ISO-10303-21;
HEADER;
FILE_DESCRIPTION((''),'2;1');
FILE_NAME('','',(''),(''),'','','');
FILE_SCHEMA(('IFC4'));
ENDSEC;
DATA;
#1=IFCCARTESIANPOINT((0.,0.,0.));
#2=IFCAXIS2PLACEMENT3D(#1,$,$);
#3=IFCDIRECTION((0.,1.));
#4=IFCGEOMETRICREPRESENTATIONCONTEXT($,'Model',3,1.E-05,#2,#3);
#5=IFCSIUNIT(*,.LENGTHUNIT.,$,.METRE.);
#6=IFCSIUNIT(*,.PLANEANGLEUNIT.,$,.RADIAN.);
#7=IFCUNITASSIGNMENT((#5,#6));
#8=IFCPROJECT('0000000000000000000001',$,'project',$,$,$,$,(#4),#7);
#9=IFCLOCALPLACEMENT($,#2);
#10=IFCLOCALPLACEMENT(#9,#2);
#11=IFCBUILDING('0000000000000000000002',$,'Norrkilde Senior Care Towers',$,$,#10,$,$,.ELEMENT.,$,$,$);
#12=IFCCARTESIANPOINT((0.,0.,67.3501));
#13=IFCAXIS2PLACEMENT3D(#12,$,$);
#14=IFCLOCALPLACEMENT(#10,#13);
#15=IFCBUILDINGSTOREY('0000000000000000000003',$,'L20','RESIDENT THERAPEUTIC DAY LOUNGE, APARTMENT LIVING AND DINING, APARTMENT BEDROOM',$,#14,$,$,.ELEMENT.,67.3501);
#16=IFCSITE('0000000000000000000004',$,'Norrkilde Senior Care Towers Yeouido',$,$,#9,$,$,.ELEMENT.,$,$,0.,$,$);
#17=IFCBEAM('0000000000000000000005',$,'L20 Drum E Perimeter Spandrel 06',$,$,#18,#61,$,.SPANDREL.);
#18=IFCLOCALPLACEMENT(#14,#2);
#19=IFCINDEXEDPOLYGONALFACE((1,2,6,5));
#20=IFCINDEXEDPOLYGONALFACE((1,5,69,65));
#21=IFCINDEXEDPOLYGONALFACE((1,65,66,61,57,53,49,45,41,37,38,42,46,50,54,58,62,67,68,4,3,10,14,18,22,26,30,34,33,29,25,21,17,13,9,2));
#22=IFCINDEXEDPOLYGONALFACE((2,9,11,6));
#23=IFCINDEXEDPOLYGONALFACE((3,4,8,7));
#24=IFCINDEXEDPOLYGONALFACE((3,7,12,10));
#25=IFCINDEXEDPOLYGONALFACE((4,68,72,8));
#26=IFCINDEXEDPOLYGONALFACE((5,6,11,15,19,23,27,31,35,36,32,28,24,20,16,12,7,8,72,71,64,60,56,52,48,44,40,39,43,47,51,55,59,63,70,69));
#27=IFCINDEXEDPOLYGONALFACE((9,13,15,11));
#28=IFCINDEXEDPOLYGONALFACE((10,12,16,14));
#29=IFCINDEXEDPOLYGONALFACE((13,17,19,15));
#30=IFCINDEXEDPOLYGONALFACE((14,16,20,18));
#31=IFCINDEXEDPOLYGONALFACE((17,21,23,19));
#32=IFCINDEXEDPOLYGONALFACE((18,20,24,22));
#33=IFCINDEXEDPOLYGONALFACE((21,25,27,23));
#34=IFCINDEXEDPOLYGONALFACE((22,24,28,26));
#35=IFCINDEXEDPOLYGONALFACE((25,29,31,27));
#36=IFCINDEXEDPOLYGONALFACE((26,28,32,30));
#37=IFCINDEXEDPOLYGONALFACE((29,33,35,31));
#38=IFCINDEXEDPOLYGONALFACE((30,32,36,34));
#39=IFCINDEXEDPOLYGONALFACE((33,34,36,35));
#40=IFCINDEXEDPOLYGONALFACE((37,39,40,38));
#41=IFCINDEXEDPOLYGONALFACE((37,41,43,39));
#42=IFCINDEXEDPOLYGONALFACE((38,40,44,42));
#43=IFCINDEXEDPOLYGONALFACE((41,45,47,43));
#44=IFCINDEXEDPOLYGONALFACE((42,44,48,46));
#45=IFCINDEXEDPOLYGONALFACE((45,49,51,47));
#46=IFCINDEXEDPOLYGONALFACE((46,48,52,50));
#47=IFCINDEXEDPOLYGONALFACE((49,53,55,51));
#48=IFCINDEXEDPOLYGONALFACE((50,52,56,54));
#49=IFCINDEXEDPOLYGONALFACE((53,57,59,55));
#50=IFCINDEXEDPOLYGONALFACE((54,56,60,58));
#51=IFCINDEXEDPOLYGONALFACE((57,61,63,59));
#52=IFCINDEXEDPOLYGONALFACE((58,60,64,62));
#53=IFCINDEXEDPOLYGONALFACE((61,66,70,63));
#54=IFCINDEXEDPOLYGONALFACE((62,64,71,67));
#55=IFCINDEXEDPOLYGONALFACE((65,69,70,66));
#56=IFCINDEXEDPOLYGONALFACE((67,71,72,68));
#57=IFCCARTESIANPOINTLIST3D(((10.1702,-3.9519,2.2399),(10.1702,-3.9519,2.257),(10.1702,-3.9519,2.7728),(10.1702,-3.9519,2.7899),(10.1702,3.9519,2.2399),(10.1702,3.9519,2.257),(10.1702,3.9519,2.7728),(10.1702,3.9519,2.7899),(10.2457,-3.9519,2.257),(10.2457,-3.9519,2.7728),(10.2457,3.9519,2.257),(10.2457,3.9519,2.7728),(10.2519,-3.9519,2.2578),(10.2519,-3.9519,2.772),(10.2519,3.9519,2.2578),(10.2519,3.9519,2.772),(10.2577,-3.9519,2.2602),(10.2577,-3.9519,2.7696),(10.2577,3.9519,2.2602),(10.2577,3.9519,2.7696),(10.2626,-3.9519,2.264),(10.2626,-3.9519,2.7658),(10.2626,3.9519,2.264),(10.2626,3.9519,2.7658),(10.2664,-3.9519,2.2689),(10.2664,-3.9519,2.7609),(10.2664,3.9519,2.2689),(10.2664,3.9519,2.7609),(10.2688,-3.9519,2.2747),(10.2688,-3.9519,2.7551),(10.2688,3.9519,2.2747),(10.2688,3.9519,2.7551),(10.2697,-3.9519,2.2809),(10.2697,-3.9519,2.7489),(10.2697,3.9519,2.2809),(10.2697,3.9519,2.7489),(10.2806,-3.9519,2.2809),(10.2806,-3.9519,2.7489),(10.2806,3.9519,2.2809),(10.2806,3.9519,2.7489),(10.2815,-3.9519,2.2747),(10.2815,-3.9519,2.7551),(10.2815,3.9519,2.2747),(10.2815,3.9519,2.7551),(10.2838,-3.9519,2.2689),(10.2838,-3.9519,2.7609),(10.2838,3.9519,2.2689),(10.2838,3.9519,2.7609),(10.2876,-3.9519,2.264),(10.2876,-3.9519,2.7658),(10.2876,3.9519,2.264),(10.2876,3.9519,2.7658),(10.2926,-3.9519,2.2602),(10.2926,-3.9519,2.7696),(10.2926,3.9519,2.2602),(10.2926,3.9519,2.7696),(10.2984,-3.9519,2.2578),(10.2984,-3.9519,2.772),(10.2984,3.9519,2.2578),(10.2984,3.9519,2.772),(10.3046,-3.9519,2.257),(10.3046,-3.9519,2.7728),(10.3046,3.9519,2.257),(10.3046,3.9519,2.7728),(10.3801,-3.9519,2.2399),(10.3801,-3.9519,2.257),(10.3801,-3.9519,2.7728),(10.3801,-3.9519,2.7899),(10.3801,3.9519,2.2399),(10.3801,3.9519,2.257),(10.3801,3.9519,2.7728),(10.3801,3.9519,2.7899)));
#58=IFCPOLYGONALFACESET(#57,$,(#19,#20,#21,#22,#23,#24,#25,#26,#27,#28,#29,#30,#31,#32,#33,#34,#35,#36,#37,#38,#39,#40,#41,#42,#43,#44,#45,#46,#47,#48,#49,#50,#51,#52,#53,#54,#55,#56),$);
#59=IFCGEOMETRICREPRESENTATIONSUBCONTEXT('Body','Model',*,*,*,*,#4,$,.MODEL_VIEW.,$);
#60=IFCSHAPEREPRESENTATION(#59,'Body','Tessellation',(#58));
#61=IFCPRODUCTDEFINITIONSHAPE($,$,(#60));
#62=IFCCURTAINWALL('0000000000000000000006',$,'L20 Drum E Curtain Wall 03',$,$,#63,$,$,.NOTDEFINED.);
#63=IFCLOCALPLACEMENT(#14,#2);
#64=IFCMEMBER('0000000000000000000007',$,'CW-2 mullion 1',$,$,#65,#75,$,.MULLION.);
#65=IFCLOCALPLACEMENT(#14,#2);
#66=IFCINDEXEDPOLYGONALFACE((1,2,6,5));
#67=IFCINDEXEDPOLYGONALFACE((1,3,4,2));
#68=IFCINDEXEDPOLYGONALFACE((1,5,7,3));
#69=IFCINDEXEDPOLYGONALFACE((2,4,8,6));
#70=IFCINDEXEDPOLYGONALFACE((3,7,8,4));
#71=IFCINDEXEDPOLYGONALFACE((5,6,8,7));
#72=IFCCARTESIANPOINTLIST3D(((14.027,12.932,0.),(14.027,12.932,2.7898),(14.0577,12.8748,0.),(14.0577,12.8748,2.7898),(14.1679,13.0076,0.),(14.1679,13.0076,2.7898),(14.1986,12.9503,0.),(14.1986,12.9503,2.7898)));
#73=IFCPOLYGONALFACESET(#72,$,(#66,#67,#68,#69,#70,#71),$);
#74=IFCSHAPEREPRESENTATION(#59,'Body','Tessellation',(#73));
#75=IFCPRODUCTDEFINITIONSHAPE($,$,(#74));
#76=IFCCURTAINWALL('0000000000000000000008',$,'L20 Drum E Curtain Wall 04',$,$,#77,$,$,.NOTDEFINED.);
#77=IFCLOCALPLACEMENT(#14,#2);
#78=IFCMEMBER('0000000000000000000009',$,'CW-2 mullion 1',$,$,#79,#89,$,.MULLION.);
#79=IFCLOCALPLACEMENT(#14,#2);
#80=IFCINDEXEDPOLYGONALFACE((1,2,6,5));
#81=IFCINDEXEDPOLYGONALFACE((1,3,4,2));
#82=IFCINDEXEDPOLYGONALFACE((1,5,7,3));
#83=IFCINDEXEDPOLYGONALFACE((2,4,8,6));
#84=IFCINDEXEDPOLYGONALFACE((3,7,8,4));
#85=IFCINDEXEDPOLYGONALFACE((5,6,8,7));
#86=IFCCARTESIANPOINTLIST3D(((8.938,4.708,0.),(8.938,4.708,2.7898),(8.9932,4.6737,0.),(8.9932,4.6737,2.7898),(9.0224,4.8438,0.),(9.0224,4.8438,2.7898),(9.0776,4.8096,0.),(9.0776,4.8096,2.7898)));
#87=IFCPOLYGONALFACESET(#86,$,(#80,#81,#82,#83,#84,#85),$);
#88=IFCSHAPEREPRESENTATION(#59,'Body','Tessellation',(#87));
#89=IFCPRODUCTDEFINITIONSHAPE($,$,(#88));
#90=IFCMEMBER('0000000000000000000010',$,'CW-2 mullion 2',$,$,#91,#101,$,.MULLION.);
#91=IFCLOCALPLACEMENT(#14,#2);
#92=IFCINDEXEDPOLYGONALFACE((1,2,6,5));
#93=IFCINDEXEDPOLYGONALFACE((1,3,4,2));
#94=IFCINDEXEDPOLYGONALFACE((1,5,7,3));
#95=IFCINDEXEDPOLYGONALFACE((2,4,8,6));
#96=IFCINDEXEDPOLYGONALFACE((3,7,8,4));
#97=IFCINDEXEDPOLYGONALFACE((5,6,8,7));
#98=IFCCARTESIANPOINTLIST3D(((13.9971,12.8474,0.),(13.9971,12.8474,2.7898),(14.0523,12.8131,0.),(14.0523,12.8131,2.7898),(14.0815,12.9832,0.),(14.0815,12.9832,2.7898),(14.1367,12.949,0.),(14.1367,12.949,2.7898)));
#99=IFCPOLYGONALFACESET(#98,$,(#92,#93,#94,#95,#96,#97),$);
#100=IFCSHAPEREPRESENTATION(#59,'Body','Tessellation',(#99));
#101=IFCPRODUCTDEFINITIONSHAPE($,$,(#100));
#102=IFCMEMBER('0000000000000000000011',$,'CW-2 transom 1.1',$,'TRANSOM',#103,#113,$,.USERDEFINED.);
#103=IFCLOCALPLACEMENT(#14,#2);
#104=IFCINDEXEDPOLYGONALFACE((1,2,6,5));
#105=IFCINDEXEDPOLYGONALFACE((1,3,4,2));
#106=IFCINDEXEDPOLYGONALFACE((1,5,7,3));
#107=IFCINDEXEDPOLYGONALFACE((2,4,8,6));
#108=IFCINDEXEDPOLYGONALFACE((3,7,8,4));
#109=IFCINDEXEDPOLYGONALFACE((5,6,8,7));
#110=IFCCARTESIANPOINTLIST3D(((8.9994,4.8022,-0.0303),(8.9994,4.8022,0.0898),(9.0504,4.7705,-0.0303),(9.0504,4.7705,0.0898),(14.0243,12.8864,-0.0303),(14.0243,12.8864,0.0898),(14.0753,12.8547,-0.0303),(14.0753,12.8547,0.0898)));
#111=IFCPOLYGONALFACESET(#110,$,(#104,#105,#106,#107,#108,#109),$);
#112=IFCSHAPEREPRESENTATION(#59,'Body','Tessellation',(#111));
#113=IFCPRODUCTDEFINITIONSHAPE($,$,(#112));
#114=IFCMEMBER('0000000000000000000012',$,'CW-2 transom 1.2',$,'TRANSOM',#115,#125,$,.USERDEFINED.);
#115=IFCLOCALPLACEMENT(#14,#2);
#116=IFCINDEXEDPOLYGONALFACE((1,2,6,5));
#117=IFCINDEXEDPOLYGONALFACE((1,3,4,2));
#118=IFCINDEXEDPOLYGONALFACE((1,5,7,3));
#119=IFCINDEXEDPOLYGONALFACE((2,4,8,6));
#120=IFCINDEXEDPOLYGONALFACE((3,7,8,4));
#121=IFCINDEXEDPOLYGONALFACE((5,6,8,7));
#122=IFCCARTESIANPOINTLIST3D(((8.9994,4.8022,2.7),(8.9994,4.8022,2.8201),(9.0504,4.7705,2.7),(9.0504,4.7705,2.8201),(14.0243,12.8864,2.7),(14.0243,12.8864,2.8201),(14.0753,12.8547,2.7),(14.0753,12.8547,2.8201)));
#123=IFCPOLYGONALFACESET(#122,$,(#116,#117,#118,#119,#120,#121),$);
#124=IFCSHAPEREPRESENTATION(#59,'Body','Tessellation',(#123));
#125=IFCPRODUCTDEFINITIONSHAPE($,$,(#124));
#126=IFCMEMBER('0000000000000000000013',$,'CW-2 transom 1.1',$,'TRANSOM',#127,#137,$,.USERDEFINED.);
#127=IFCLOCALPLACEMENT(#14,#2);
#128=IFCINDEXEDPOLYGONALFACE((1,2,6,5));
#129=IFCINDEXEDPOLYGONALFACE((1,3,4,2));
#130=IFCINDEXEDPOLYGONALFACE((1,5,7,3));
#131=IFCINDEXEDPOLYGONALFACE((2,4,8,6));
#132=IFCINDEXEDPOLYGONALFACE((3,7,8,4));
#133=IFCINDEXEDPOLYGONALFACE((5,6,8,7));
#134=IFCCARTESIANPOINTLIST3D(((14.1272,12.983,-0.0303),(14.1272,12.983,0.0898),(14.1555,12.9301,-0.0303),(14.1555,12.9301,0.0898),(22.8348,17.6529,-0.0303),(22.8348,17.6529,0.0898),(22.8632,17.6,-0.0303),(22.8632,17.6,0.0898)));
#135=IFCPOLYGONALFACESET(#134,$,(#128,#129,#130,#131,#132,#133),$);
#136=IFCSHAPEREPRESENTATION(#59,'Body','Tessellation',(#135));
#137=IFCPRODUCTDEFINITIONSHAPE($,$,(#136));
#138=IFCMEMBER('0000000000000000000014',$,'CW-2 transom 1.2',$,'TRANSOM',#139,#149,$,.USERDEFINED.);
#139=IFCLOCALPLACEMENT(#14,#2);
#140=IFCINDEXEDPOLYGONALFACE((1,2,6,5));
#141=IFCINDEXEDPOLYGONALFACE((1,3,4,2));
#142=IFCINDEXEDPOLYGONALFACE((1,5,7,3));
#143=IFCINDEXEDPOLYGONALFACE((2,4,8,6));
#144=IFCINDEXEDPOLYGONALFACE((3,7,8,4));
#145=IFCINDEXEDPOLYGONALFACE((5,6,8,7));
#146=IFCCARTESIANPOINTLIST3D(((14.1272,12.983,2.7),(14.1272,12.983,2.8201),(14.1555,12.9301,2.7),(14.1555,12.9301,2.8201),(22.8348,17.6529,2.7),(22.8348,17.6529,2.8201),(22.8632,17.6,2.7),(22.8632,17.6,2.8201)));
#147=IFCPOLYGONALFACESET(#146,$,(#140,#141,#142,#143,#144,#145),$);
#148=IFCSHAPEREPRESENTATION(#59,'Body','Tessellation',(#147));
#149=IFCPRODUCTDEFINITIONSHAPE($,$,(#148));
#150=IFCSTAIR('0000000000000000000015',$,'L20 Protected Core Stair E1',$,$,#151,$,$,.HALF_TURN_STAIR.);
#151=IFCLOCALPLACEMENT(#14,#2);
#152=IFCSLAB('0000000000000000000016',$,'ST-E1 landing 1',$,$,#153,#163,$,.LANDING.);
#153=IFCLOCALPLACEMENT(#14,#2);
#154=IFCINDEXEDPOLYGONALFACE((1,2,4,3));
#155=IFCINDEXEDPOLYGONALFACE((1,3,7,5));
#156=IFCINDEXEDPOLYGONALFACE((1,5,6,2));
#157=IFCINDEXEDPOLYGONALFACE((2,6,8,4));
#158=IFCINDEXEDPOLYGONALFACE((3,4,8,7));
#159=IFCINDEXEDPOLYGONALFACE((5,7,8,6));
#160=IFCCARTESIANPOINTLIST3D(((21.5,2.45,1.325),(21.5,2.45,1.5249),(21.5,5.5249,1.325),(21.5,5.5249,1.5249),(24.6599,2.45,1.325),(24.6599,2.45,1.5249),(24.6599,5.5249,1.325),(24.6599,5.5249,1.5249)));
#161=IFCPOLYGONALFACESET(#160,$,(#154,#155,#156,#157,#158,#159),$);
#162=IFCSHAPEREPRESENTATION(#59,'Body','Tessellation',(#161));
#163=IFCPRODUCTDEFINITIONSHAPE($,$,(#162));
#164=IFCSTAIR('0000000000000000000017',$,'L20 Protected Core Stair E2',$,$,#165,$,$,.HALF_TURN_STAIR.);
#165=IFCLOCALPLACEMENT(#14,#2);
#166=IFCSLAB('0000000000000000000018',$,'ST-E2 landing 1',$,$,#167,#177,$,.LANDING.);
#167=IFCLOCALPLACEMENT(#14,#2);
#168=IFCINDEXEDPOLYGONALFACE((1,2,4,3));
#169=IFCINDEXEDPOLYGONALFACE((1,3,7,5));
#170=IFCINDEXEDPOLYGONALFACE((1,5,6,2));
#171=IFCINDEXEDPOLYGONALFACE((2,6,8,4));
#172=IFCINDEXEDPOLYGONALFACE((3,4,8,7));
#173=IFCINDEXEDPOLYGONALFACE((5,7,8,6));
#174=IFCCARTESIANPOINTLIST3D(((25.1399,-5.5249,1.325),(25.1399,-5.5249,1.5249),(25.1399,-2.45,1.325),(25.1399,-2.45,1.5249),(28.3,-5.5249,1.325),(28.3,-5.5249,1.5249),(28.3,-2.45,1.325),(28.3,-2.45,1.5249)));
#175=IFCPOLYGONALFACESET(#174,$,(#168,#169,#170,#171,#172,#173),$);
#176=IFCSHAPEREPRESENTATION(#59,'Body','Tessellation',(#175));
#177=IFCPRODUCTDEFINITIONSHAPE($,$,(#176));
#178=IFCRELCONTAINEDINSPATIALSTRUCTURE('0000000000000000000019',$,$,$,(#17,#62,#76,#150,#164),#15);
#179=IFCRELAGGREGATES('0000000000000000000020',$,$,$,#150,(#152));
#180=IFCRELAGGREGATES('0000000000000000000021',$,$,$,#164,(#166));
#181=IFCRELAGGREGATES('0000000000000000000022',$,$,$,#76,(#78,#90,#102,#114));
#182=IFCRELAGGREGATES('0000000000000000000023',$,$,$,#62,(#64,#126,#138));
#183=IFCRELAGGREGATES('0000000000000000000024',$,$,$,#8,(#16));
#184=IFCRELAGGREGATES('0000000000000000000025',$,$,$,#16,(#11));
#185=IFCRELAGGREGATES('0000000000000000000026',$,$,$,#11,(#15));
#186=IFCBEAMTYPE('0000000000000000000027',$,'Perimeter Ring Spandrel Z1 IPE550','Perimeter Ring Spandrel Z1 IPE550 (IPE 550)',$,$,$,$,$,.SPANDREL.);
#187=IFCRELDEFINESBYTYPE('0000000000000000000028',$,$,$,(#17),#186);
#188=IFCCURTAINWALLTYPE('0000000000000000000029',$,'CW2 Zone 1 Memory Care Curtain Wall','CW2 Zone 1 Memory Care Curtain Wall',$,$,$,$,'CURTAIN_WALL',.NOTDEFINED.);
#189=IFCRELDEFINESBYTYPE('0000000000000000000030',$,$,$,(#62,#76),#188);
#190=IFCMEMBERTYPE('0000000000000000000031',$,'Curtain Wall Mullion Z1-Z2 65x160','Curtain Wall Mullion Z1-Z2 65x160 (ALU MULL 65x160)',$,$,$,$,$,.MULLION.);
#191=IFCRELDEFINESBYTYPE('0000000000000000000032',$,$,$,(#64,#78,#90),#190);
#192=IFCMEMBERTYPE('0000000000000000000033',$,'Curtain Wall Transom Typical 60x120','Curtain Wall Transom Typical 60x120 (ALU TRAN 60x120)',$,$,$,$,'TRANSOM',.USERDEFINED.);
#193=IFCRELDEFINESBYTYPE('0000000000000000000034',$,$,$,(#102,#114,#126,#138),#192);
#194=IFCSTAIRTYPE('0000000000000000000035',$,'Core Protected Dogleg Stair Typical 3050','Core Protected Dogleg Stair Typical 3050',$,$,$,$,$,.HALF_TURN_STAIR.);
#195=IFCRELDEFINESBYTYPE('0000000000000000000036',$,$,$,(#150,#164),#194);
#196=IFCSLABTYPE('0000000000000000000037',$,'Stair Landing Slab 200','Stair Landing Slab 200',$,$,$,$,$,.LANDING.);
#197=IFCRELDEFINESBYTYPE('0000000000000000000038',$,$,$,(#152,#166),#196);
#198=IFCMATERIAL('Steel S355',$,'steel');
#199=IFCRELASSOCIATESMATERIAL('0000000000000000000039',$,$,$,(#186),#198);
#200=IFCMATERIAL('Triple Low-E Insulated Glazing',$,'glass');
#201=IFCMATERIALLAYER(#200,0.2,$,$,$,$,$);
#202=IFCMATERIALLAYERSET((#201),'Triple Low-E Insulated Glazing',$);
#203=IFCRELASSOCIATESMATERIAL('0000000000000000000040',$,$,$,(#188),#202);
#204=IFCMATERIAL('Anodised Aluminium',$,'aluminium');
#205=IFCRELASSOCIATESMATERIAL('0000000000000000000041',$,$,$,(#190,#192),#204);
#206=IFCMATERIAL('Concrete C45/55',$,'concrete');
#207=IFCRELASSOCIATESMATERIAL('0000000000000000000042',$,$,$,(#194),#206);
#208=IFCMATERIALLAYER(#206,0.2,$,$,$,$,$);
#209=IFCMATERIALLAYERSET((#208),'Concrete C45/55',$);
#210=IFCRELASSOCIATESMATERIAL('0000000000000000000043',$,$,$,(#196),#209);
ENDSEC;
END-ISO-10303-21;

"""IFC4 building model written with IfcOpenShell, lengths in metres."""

from ifc_helpers import new_model, si_unit, direction, frame, origin, origin_2d, place, context, subcontext, project, spatial, polyline, rectangle, i_section, outline, extrude, source, transform, mapped, material, layer, layer_set, material_profile, profile_set, type_object, type_shapes, element, aggregate, save


model = new_model("IFC4")

# Units and contexts
model_context = context("Model", 3, precision=1e-05, world=origin(), true_north=direction((0.0, 1.0)))
body_context = subcontext(model_context, "Body", "Model", "MODEL_VIEW")
ifc_project = project(units=[si_unit("LENGTHUNIT", "METRE"), si_unit("PLANEANGLEUNIT", "RADIAN")], contexts=[model_context])

# Site, building, storey
site_placement = place(None, origin())
site = spatial("IfcSite", under=ifc_project, at=site_placement, Name="Norrkilde Senior Care Towers Yeouido", CompositionType="ELEMENT", RefElevation=0.0)
building_placement = place(site_placement, origin())
building = spatial("IfcBuilding", under=site, at=building_placement, Name="Norrkilde Senior Care Towers", CompositionType="ELEMENT")
storey_placement = place(building_placement, frame((0.0, 0.0, 67.3501)))
storey = spatial("IfcBuildingStorey", under=building, at=storey_placement, Name="L20", Description="RESIDENT THERAPEUTIC DAY LOUNGE, APARTMENT LIVING AND DINING, APARTMENT BEDROOM", CompositionType="ELEMENT", Elevation=67.3501)

# Beam
ifc_material_1 = material(Name="Steel S355", Category="steel")
ifc_material_profile_1 = material_profile(ifc_material_1, i_section(OverallWidth=0.21, OverallDepth=0.55, WebThickness=0.011, FlangeThickness=0.0171, FilletRadius=0.0239, at=origin_2d()), Name="IPE 550")
ifc_profile_set_1 = profile_set([ifc_material_profile_1], Name="Steel S355")
beam_type_1 = type_object("IfcBeamType", Name="Perimeter Ring Spandrel Z1 IPE550", Description="Perimeter Ring Spandrel Z1 IPE550 (IPE 550)", PredefinedType="SPANDREL", material=ifc_profile_set_1)
shared_shape_1 = source(origin(), body_context, "Body", "SweptSolid", [
    extrude(i_section(OverallWidth=0.21, OverallDepth=0.55, WebThickness=0.011, FlangeThickness=0.0171, FilletRadius=0.0239, at=origin_2d()), origin(), (0.0, 0.0, 1.0), 7.9038),
])
beam_1_placement = place(storey_placement, frame((10.2751, 3.9519, 2.5149), z_axis=(0.0, -1.0, 0.0), x_axis=(1.0, 0.0, 0.0)))
element("IfcBeam", 1, at=beam_1_placement, inside=storey, type_object=beam_type_1, Name="L20 Drum E Perimeter Spandrel 06", PredefinedType="SPANDREL", context=body_context, shape_type="MappedRepresentation", body=[
    mapped(shared_shape_1, transform((0.0, 0.0, 0.0), x_axis=(1.0, 0.0, 0.0), y_axis=(0.0, 1.0, 0.0), z_axis=(0.0, 0.0, 1.0), scale=1.0)),
])

# Curtain wall, member
ifc_material_2 = material(Name="Triple Low-E Insulated Glazing", Category="glass")
ifc_layer_1 = layer(ifc_material_2, 0.2)
ifc_layer_set_1 = layer_set([ifc_layer_1], Name="Triple Low-E Insulated Glazing")
curtain_wall_type = type_object("IfcCurtainWallType", Name="CW2 Zone 1 Memory Care Curtain Wall", Description="CW2 Zone 1 Memory Care Curtain Wall", ElementType="CURTAIN_WALL", PredefinedType="NOTDEFINED", material=ifc_layer_set_1)
curtain_wall_1_placement = place(storey_placement, origin())
curtain_wall_1 = element("IfcCurtainWall", 2, at=curtain_wall_1_placement, inside=storey, type_object=curtain_wall_type, Name="L20 Drum E Curtain Wall 03", PredefinedType="NOTDEFINED")
ifc_material_3 = material(Name="Anodised Aluminium", Category="aluminium")
ifc_material_profile_2 = material_profile(ifc_material_3, rectangle(XDim=0.0649, YDim=0.1599, at=origin_2d()), Name="ALU MULL 65x160")
ifc_profile_set_2 = profile_set([ifc_material_profile_2], Name="Anodised Aluminium")
member_type_1 = type_object("IfcMemberType", Name="Curtain Wall Mullion Z1-Z2 65x160", Description="Curtain Wall Mullion Z1-Z2 65x160 (ALU MULL 65x160)", PredefinedType="MULLION", material=ifc_profile_set_2)
shared_shape_2 = source(origin(), body_context, "Body", "SweptSolid", [
    extrude(rectangle(XDim=0.0649, YDim=0.1599, at=origin_2d()), origin(), (0.0, 0.0, 1.0), 2.7898),
])
type_shapes(member_type_1, [shared_shape_2])
member_1_placement = place(storey_placement, frame((14.1128, 12.9412, 0.0), z_axis=(0.0, 0.0, 1.0), x_axis=(-0.472608, 0.881273, 0.0)))
member_1 = element("IfcMember", 3, at=member_1_placement, type_object=member_type_1, Name="CW-2 mullion 1", PredefinedType="MULLION", context=body_context, shape_type="MappedRepresentation", body=[
    mapped(shared_shape_2, transform((0.0, 0.0, 0.0), x_axis=(1.0, 0.0, 0.0), y_axis=(0.0, 1.0, 0.0), z_axis=(0.0, 0.0, 1.0), scale=1.0)),
])

# Curtain wall, members
curtain_wall_2_placement = place(storey_placement, origin())
curtain_wall_2 = element("IfcCurtainWall", 4, at=curtain_wall_2_placement, inside=storey, type_object=curtain_wall_type, Name="L20 Drum E Curtain Wall 04", PredefinedType="NOTDEFINED")
member_2_placement = place(storey_placement, frame((9.0078, 4.7588, 0.0), z_axis=(0.0, 0.0, 1.0), x_axis=(-0.849306, 0.527901, 0.0)))
member_2 = element("IfcMember", 5, at=member_2_placement, type_object=member_type_1, Name="CW-2 mullion 1", PredefinedType="MULLION", context=body_context, shape_type="MappedRepresentation", body=[
    mapped(shared_shape_2, transform((0.0, 0.0, 0.0), x_axis=(1.0, 0.0, 0.0), y_axis=(0.0, 1.0, 0.0), z_axis=(0.0, 0.0, 1.0), scale=1.0)),
])
member_3_placement = place(storey_placement, frame((14.0669, 12.8982, 0.0), z_axis=(0.0, 0.0, 1.0), x_axis=(-0.849306, 0.527901, 0.0)))
member_3 = element("IfcMember", 6, at=member_3_placement, type_object=member_type_1, Name="CW-2 mullion 2", PredefinedType="MULLION", context=body_context, shape_type="MappedRepresentation", body=[
    mapped(shared_shape_2, transform((0.0, 0.0, 0.0), x_axis=(1.0, 0.0, 0.0), y_axis=(0.0, 1.0, 0.0), z_axis=(0.0, 0.0, 1.0), scale=1.0)),
])
ifc_material_profile_3 = material_profile(ifc_material_3, rectangle(XDim=0.0601, YDim=0.1201, at=origin_2d()), Name="ALU TRAN 60x120")
ifc_profile_set_3 = profile_set([ifc_material_profile_3], Name="Anodised Aluminium")
member_type_2 = type_object("IfcMemberType", Name="Curtain Wall Transom Typical 60x120", Description="Curtain Wall Transom Typical 60x120 (ALU TRAN 60x120)", ElementType="TRANSOM", PredefinedType="USERDEFINED", material=ifc_profile_set_3)
shared_shape_3 = source(origin(), body_context, "Body", "SweptSolid", [
    extrude(rectangle(XDim=0.0601, YDim=0.1201, at=origin_2d()), origin(), (0.0, 0.0, 1.0), 9.5186),
])
member_4_placement = place(storey_placement, frame((9.0249, 4.7864, 0.0298), z_axis=(0.527902, 0.849306, 0.0), x_axis=(-0.849306, 0.527902, 0.0)))
member_4 = element("IfcMember", 7, at=member_4_placement, type_object=member_type_2, Name="CW-2 transom 1.1", ObjectType="TRANSOM", PredefinedType="USERDEFINED", context=body_context, shape_type="MappedRepresentation", body=[
    mapped(shared_shape_3, transform((0.0, 0.0, 0.0), x_axis=(1.0, 0.0, 0.0), y_axis=(0.0, 1.0, 0.0), z_axis=(0.0, 0.0, 1.0), scale=1.0)),
])
member_5_placement = place(storey_placement, frame((9.0249, 4.7864, 2.76), z_axis=(0.527902, 0.849306, 0.0), x_axis=(-0.849306, 0.527902, 0.0)))
member_5 = element("IfcMember", 8, at=member_5_placement, type_object=member_type_2, Name="CW-2 transom 1.2", ObjectType="TRANSOM", PredefinedType="USERDEFINED", context=body_context, shape_type="MappedRepresentation", body=[
    mapped(shared_shape_3, transform((0.0, 0.0, 0.0), x_axis=(1.0, 0.0, 0.0), y_axis=(0.0, 1.0, 0.0), z_axis=(0.0, 0.0, 1.0), scale=1.0)),
])

# Members
shared_shape_4 = source(origin(), body_context, "Body", "SweptSolid", [
    extrude(rectangle(XDim=0.0601, YDim=0.1201, at=origin_2d()), origin(), (0.0, 0.0, 1.0), 9.8809),
])
type_shapes(member_type_2, [shared_shape_3, shared_shape_4])
member_6_placement = place(storey_placement, frame((14.1414, 12.9565, 0.0298), z_axis=(0.881267, 0.472618, 0.0), x_axis=(-0.472618, 0.881267, 0.0)))
member_6 = element("IfcMember", 9, at=member_6_placement, type_object=member_type_2, Name="CW-2 transom 1.1", ObjectType="TRANSOM", PredefinedType="USERDEFINED", context=body_context, shape_type="MappedRepresentation", body=[
    mapped(shared_shape_4, transform((0.0, 0.0, 0.0), x_axis=(1.0, 0.0, 0.0), y_axis=(0.0, 1.0, 0.0), z_axis=(0.0, 0.0, 1.0), scale=1.0)),
])
member_7_placement = place(storey_placement, frame((14.1414, 12.9565, 2.76), z_axis=(0.881267, 0.472618, 0.0), x_axis=(-0.472618, 0.881267, 0.0)))
member_7 = element("IfcMember", 10, at=member_7_placement, type_object=member_type_2, Name="CW-2 transom 1.2", ObjectType="TRANSOM", PredefinedType="USERDEFINED", context=body_context, shape_type="MappedRepresentation", body=[
    mapped(shared_shape_4, transform((0.0, 0.0, 0.0), x_axis=(1.0, 0.0, 0.0), y_axis=(0.0, 1.0, 0.0), z_axis=(0.0, 0.0, 1.0), scale=1.0)),
])

# Stairs, slabs
ifc_material_4 = material(Name="Concrete C45/55", Category="concrete")
stair_type = type_object("IfcStairType", Name="Core Protected Dogleg Stair Typical 3050", Description="Core Protected Dogleg Stair Typical 3050", PredefinedType="HALF_TURN_STAIR", material=ifc_material_4)
stair_1_placement = place(storey_placement, origin())
stair_1 = element("IfcStair", 11, at=stair_1_placement, inside=storey, type_object=stair_type, Name="L20 Protected Core Stair E1", PredefinedType="HALF_TURN_STAIR")
ifc_layer_2 = layer(ifc_material_4, 0.2)
ifc_layer_set_2 = layer_set([ifc_layer_2], Name="Concrete C45/55")
slab_type = type_object("IfcSlabType", Name="Stair Landing Slab 200", Description="Stair Landing Slab 200", PredefinedType="LANDING", material=ifc_layer_set_2)
slab_1_placement = place(storey_placement, frame((0.0, 0.0, 1.325)))
slab_1 = element("IfcSlab", 12, at=slab_1_placement, type_object=slab_type, Name="ST-E1 landing 1", PredefinedType="LANDING", context=body_context, shape_type="SweptSolid", body=[
    extrude(outline(polyline([(24.6599, 5.5249), (21.5, 5.5249), (21.5, 2.45), (24.6599, 2.45), (24.6599, 5.5249)])), origin(), (0.0, 0.0, 1.0), 0.2),
])
aggregate(stair_1, [slab_1])
stair_2_placement = place(storey_placement, origin())
stair_2 = element("IfcStair", 13, at=stair_2_placement, inside=storey, type_object=stair_type, Name="L20 Protected Core Stair E2", PredefinedType="HALF_TURN_STAIR")
slab_2_placement = place(storey_placement, frame((0.0, 0.0, 1.325)))
slab_2 = element("IfcSlab", 14, at=slab_2_placement, type_object=slab_type, Name="ST-E2 landing 1", PredefinedType="LANDING", context=body_context, shape_type="SweptSolid", body=[
    extrude(outline(polyline([(25.1399, -5.5249), (28.3, -5.5249), (28.3, -2.45), (25.1399, -2.45), (25.1399, -5.5249)])), origin(), (0.0, 0.0, 1.0), 0.2),
])
aggregate(stair_2, [slab_2])

aggregate(curtain_wall_2, [member_2, member_3, member_4, member_5])
aggregate(curtain_wall_1, [member_1, member_6, member_7])

save(model, "model.ifc")
